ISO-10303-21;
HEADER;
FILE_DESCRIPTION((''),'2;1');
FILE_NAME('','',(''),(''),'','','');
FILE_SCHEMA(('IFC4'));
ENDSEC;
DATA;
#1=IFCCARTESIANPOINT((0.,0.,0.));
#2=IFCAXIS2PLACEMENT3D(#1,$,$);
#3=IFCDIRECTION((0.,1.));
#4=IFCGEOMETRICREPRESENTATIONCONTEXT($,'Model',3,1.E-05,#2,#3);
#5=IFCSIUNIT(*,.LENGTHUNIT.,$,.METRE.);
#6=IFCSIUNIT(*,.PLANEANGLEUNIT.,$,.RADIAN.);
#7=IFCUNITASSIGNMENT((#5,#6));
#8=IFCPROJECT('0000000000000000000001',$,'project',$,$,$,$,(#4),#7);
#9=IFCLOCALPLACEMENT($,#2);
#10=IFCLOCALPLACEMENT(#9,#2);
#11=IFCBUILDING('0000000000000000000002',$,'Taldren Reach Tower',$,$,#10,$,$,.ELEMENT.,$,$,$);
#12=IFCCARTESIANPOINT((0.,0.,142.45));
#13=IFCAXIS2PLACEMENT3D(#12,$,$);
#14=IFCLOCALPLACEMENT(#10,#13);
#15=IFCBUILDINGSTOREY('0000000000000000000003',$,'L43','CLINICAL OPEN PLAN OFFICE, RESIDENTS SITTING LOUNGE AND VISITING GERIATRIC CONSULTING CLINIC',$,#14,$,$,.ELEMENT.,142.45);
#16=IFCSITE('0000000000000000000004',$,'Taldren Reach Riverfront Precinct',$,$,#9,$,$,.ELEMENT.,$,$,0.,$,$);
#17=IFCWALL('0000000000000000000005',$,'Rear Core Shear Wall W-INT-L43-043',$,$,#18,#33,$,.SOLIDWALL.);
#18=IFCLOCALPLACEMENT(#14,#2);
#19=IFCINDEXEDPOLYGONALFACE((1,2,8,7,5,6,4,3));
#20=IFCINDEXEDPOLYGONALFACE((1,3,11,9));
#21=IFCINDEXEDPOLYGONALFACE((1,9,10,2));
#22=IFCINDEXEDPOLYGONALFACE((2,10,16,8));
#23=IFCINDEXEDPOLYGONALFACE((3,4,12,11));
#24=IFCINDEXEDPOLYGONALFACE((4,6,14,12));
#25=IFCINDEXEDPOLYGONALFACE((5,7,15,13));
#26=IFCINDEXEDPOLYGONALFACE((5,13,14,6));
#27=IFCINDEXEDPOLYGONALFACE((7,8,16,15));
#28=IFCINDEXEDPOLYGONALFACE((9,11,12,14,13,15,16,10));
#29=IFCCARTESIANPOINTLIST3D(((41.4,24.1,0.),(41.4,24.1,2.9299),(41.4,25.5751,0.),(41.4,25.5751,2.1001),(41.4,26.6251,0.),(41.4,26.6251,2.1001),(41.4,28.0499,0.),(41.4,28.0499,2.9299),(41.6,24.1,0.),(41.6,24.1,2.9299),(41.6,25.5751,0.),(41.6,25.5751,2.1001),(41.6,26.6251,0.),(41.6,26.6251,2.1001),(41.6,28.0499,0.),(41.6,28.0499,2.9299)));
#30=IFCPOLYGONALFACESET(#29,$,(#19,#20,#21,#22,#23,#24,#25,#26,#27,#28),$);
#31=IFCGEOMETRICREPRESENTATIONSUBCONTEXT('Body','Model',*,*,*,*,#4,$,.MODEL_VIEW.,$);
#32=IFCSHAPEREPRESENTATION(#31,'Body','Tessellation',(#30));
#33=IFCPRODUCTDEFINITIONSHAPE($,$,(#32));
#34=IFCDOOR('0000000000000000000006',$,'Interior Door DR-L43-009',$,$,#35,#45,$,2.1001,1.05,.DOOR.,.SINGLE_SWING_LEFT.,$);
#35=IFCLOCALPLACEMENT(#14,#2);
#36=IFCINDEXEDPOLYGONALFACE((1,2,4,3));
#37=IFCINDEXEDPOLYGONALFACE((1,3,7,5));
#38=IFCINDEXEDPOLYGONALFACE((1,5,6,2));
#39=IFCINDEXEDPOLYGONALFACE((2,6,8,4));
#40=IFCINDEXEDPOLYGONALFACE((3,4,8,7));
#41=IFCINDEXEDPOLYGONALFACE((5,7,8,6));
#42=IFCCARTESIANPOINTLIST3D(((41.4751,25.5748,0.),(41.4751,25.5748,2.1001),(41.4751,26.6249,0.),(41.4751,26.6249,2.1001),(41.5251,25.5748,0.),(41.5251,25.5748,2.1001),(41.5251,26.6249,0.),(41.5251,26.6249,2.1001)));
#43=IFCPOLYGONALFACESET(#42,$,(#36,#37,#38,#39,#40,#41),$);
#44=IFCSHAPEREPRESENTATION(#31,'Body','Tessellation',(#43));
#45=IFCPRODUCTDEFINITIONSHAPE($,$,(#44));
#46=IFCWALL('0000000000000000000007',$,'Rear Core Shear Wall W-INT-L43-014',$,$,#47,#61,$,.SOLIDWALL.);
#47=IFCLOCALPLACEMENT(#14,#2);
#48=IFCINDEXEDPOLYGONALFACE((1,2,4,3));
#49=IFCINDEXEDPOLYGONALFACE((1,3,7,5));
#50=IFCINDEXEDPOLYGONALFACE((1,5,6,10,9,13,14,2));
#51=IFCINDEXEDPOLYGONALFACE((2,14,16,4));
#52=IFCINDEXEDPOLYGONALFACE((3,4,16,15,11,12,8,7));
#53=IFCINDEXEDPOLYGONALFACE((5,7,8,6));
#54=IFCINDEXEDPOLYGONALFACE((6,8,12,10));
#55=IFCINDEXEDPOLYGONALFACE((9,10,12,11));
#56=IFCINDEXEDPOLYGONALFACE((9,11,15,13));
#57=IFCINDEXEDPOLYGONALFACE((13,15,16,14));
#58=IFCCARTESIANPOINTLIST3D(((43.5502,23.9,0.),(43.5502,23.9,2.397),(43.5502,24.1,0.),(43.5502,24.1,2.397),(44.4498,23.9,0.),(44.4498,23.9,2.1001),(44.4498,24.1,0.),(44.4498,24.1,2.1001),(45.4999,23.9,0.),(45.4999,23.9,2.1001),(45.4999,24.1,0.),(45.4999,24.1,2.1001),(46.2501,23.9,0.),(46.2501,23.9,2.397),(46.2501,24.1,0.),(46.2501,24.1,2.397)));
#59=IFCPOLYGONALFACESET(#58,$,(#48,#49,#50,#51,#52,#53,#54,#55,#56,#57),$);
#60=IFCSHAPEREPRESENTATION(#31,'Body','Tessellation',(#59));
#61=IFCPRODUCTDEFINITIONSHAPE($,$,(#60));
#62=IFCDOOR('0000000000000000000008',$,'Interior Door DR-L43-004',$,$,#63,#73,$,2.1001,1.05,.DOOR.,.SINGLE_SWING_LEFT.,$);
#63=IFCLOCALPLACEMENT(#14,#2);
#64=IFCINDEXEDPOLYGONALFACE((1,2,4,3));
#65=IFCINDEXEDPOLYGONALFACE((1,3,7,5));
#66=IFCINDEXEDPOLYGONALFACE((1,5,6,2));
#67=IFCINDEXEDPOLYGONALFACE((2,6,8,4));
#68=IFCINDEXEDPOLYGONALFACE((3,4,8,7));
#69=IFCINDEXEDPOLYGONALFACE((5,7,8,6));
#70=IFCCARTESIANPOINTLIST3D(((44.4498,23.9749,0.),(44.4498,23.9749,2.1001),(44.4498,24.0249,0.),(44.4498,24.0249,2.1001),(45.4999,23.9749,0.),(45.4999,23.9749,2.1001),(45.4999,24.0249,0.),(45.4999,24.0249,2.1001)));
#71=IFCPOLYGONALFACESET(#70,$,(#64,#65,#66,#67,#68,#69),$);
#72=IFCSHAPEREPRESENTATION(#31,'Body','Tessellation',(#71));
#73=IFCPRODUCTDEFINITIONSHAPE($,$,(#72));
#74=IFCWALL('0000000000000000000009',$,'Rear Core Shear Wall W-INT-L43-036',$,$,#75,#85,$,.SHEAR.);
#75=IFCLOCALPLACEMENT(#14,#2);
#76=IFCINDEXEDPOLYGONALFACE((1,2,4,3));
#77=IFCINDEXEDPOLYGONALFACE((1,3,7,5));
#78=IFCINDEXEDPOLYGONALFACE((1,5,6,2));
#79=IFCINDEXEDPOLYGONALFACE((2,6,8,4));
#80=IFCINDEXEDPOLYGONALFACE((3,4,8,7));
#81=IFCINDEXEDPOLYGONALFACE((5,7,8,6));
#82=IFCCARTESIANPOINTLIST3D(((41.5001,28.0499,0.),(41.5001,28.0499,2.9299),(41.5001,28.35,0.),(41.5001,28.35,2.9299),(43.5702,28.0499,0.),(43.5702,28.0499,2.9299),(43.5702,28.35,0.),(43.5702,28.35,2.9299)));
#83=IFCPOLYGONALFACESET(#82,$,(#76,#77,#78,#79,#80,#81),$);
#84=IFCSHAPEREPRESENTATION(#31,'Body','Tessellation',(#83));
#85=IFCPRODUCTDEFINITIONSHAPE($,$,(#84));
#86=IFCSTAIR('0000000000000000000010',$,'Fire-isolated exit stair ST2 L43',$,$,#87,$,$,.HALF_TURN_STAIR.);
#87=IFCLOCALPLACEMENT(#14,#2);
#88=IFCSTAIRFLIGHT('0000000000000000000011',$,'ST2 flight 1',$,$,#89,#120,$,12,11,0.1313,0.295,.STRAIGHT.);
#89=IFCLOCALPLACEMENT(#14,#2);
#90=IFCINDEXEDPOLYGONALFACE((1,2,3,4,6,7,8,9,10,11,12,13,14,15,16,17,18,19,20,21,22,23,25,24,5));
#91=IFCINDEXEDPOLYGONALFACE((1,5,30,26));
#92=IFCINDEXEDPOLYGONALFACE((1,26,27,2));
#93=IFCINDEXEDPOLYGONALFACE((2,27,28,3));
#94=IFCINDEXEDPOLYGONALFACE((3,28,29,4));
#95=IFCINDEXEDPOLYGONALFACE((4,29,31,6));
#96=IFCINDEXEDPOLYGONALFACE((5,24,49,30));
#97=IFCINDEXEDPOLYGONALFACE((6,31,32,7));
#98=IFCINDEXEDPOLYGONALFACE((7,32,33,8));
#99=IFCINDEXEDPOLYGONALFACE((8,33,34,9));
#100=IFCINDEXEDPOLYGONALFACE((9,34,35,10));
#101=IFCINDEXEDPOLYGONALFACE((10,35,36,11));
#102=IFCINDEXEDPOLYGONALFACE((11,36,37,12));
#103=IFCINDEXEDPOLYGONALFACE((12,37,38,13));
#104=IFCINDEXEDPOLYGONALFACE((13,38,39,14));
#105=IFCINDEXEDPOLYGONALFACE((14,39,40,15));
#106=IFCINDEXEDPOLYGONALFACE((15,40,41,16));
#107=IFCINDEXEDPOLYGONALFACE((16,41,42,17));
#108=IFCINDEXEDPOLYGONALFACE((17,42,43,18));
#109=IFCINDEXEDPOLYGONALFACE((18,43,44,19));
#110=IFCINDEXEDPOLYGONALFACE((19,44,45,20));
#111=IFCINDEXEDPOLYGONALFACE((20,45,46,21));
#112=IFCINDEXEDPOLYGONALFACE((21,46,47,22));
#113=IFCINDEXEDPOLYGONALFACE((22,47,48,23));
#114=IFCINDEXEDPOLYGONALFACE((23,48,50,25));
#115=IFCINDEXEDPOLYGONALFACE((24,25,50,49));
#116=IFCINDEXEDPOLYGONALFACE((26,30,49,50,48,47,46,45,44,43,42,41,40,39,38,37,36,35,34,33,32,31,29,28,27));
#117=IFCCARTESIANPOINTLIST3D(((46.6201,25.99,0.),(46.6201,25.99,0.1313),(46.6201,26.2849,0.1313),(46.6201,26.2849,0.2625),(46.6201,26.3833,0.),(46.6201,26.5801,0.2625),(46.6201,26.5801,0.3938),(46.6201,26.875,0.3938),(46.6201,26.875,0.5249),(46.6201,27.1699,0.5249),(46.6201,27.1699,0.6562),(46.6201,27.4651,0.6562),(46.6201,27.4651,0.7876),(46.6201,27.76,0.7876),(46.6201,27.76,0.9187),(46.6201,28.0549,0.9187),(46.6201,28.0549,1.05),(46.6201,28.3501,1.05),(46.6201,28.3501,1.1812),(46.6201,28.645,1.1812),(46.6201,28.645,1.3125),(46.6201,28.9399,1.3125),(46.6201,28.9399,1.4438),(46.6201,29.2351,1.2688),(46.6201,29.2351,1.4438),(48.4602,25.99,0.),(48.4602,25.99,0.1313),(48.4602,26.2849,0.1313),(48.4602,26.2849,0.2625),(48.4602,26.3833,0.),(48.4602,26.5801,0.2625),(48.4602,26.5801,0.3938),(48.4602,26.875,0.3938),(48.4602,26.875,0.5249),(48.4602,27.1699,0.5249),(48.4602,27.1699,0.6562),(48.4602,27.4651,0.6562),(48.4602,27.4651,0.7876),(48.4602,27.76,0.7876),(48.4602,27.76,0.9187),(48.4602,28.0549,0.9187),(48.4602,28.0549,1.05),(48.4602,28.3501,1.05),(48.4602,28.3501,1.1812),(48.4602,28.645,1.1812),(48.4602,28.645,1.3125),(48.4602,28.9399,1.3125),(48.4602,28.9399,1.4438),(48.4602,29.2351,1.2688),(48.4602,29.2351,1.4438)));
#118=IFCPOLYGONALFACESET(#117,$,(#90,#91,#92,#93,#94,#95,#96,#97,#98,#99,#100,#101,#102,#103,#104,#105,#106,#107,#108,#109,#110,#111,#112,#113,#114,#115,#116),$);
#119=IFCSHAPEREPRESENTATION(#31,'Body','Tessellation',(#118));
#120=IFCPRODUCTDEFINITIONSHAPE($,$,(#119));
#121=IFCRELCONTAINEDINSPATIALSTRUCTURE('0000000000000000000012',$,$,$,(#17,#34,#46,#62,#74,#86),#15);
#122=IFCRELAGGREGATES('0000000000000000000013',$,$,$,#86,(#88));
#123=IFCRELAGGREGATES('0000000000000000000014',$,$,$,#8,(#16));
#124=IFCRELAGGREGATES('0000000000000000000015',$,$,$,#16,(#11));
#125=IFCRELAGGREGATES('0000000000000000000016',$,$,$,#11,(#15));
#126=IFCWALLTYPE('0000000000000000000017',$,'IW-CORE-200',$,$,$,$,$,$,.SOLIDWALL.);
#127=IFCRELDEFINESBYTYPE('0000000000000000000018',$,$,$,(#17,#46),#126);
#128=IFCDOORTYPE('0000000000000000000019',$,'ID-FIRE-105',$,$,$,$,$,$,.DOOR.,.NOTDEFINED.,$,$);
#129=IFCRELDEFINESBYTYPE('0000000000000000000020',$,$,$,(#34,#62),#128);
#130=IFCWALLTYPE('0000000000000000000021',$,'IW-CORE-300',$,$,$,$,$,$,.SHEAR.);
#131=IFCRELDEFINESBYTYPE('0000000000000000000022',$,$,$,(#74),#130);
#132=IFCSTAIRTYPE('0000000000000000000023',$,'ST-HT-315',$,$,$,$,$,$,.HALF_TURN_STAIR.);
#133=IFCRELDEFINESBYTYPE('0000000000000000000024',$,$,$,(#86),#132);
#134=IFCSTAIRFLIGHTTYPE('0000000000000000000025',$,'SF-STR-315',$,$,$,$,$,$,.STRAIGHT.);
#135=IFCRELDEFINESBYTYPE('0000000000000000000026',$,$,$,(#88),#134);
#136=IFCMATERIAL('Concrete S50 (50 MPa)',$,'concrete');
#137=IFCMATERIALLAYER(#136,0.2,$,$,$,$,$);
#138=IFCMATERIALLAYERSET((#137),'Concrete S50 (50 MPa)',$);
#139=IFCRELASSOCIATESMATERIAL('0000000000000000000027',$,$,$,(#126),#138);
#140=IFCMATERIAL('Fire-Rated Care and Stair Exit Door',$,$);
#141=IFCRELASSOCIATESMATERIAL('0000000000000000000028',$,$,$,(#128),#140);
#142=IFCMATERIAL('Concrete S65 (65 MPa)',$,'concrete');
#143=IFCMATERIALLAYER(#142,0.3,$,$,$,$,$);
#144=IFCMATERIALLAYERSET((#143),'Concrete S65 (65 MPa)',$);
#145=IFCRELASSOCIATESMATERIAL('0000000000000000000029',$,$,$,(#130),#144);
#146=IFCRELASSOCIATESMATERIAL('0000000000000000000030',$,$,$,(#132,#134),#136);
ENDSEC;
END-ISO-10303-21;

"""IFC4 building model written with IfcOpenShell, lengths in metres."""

from ifc_helpers import new_model, si_unit, direction, frame, frame_2d, origin, place, context, subcontext, project, spatial, polyline, rectangle, outline, extrude, source, transform, mapped, material, layer, layer_set, type_object, element, fill, aggregate, save


model = new_model("IFC4")

# Units and contexts
model_context = context("Model", 3, precision=1e-05, world=origin(), true_north=direction((0.0, 1.0)))
body_context = subcontext(model_context, "Body", "Model", "MODEL_VIEW")
ifc_project = project(units=[si_unit("LENGTHUNIT", "METRE"), si_unit("PLANEANGLEUNIT", "RADIAN")], contexts=[model_context])

# Site, building, storey
site_placement = place(None, origin())
site = spatial("IfcSite", under=ifc_project, at=site_placement, Name="Taldren Reach Riverfront Precinct", CompositionType="ELEMENT", RefElevation=0.0)
building_placement = place(site_placement, origin())
building = spatial("IfcBuilding", under=site, at=building_placement, Name="Taldren Reach Tower", CompositionType="ELEMENT")
storey_placement = place(building_placement, frame((0.0, 0.0, 142.45)))
storey = spatial("IfcBuildingStorey", under=building, at=storey_placement, Name="L43", Description="CLINICAL OPEN PLAN OFFICE, RESIDENTS SITTING LOUNGE AND VISITING GERIATRIC CONSULTING CLINIC", CompositionType="ELEMENT", Elevation=142.45)

# Shared definitions
ifc_material_1 = material(Name="Concrete S50 (50 MPa)", Category="concrete")
ifc_layer_1 = layer(ifc_material_1, 0.2)
ifc_layer_set_1 = layer_set([ifc_layer_1], Name="Concrete S50 (50 MPa)")
wall_type_1 = type_object("IfcWallType", Name="IW-CORE-200", PredefinedType="SOLIDWALL", material=ifc_layer_set_1)
shared_shape_1 = source(origin(), body_context, "Body", "SweptSolid", [
    extrude(rectangle(XDim=1.05, YDim=2.1001, at=frame_2d((0.5249, 1.05))), frame((0.0, 0.1099, 0.0), z_axis=(0.0, -1.0, 0.0), x_axis=(1.0, 0.0, 0.0)), (0.0, 0.0, 1.0), 0.22),
])
ifc_material_2 = material(Name="Fire-Rated Care and Stair Exit Door")
door_type_1 = type_object("IfcDoorType", Name="ID-FIRE-105", OperationType="NOTDEFINED", PredefinedType="DOOR", material=ifc_material_2)
shared_shape_2 = source(origin(), body_context, "Body", "SweptSolid", [
    extrude(rectangle(XDim=1.05, YDim=2.1001, at=frame_2d((0.5249, 1.05))), frame((0.0, 0.0249, 0.0), z_axis=(0.0, -1.0, 0.0), x_axis=(1.0, 0.0, 0.0)), (0.0, 0.0, 1.0), 0.05),
])

# Shared definitions
ifc_material_3 = material(Name="Concrete S65 (65 MPa)", Category="concrete")
ifc_layer_2 = layer(ifc_material_3, 0.3)
ifc_layer_set_2 = layer_set([ifc_layer_2], Name="Concrete S65 (65 MPa)")
wall_type_2 = type_object("IfcWallType", Name="IW-CORE-300", PredefinedType="SHEAR", material=ifc_layer_set_2)

# Shared definitions
shared_shape_3 = source(origin(), body_context, "Body", "SweptSolid", [
    extrude(rectangle(XDim=3.95, YDim=0.2, at=frame_2d((1.9751, 0.0))), origin(), (0.0, 0.0, 1.0), 2.9299),
])

# Walls, openings, doors
wall_1_placement = place(storey_placement, frame((41.5, 28.05, 0.0), z_axis=(0.0, 0.0, 1.0), x_axis=(0.0, -1.0, 0.0)))
wall_1 = element("IfcWall", 1, at=wall_1_placement, inside=storey, type_object=wall_type_1, Name="Rear Core Shear Wall W-INT-L43-043", PredefinedType="SOLIDWALL", context=body_context, shape_type="MappedRepresentation", body=[
    mapped(shared_shape_3, transform((0.0, 0.0, 0.0), scale=1.0)),
])
opening_1_placement = place(wall_1_placement, frame((1.425, 0.0, 0.0)))
opening_1 = element("IfcOpeningElement", 2, at=opening_1_placement, cuts=wall_1, PredefinedType="OPENING", context=body_context, shape_type="MappedRepresentation", body=[
    mapped(shared_shape_1, transform((0.0, 0.0, 0.0), scale=1.0)),
])
door_1_placement = place(opening_1_placement, frame((1.05, 0.0, 0.0), z_axis=(0.0, 0.0, 1.0), x_axis=(-1.0, 0.0, 0.0)))
door_1 = element("IfcDoor", 3, at=door_1_placement, inside=storey, type_object=door_type_1, Name="Interior Door DR-L43-009", OperationType="SINGLE_SWING_LEFT", OverallHeight=2.1001, OverallWidth=1.05, PredefinedType="DOOR", context=body_context, shape_type="MappedRepresentation", body=[
    mapped(shared_shape_2, transform((0.0, 0.0, 0.0), scale=1.0)),
])
fill(opening_1, door_1)
shared_shape_4 = source(origin(), body_context, "Body", "SweptSolid", [
    extrude(rectangle(XDim=2.7, YDim=0.2, at=frame_2d((1.3501, 0.0))), origin(), (0.0, 0.0, 1.0), 2.397),
])
wall_2_placement = place(storey_placement, frame((43.55, 24.0, 0.0), z_axis=(0.0, 0.0, 1.0), x_axis=(1.0, 0.0, 0.0)))
wall_2 = element("IfcWall", 4, at=wall_2_placement, inside=storey, type_object=wall_type_1, Name="Rear Core Shear Wall W-INT-L43-014", PredefinedType="SOLIDWALL", context=body_context, shape_type="MappedRepresentation", body=[
    mapped(shared_shape_4, transform((0.0, 0.0, 0.0), scale=1.0)),
])
opening_2_placement = place(wall_2_placement, frame((0.8999, 0.0, 0.0)))
opening_2 = element("IfcOpeningElement", 5, at=opening_2_placement, cuts=wall_2, PredefinedType="OPENING", context=body_context, shape_type="MappedRepresentation", body=[
    mapped(shared_shape_1, transform((0.0, 0.0, 0.0), scale=1.0)),
])
door_2_placement = place(opening_2_placement, origin())
door_2 = element("IfcDoor", 6, at=door_2_placement, inside=storey, type_object=door_type_1, Name="Interior Door DR-L43-004", OperationType="SINGLE_SWING_LEFT", OverallHeight=2.1001, OverallWidth=1.05, PredefinedType="DOOR", context=body_context, shape_type="MappedRepresentation", body=[
    mapped(shared_shape_2, transform((0.0, 0.0, 0.0), scale=1.0)),
])
fill(opening_2, door_2)

# Wall
shared_shape_5 = source(origin(), body_context, "Body", "SweptSolid", [
    extrude(rectangle(XDim=2.0701, YDim=0.3, at=frame_2d((1.0352, 0.0))), origin(), (0.0, 0.0, 1.0), 2.9299),
])
wall_3_placement = place(storey_placement, frame((41.5, 28.2, 0.0), z_axis=(0.0, 0.0, 1.0), x_axis=(1.0, 0.0, 0.0)))
element("IfcWall", 7, at=wall_3_placement, inside=storey, type_object=wall_type_2, Name="Rear Core Shear Wall W-INT-L43-036", PredefinedType="SHEAR", context=body_context, shape_type="MappedRepresentation", body=[
    mapped(shared_shape_5, transform((0.0, 0.0, 0.0), scale=1.0)),
])

# Stair, stair flight
stair_type = type_object("IfcStairType", Name="ST-HT-315", PredefinedType="HALF_TURN_STAIR", material=ifc_material_1)
stair_placement = place(storey_placement, origin())
stair = element("IfcStair", 8, at=stair_placement, inside=storey, type_object=stair_type, Name="Fire-isolated exit stair ST2 L43", PredefinedType="HALF_TURN_STAIR")
stair_flight_type = type_object("IfcStairFlightType", Name="SF-STR-315", PredefinedType="STRAIGHT", material=ifc_material_1)
stair_flight_placement = place(storey_placement, frame((47.54, 25.99, 0.0), z_axis=(0.0, 0.0, 1.0), x_axis=(0.0, 1.0, 0.0)))
stair_flight = element("IfcStairFlight", 9, at=stair_flight_placement, type_object=stair_flight_type, Name="ST2 flight 1", NumberOfRisers=12, NumberOfTreads=11, PredefinedType="STRAIGHT", RiserHeight=0.1313, TreadLength=0.295, context=body_context, shape_type="SweptSolid", body=[
    extrude(outline(polyline([(0.0, 0.0), (0.0, 0.1313), (0.2949, 0.1313), (0.2949, 0.2625), (0.5901, 0.2625), (0.5901, 0.3938), (0.885, 0.3938), (0.885, 0.5249), (1.1799, 0.5249), (1.1799, 0.6562), (1.4751, 0.6562), (1.4751, 0.7876), (1.77, 0.7876), (1.77, 0.9187), (2.0649, 0.9187), (2.0649, 1.05), (2.3601, 1.05), (2.3601, 1.1812), (2.655, 1.1812), (2.655, 1.3125), (2.95, 1.3125), (2.95, 1.4438), (3.2451, 1.4438), (3.2451, 1.575), (3.2451, 1.2688), (0.3933, 0.0), (0.0, 0.0)])), frame((0.0, 0.9199, 0.0), z_axis=(0.0, -1.0, 0.0), x_axis=(1.0, 0.0, 0.0)), (0.0, 0.0, 1.0), 1.8401),
])
aggregate(stair, [stair_flight])

save(model, "model.ifc")
